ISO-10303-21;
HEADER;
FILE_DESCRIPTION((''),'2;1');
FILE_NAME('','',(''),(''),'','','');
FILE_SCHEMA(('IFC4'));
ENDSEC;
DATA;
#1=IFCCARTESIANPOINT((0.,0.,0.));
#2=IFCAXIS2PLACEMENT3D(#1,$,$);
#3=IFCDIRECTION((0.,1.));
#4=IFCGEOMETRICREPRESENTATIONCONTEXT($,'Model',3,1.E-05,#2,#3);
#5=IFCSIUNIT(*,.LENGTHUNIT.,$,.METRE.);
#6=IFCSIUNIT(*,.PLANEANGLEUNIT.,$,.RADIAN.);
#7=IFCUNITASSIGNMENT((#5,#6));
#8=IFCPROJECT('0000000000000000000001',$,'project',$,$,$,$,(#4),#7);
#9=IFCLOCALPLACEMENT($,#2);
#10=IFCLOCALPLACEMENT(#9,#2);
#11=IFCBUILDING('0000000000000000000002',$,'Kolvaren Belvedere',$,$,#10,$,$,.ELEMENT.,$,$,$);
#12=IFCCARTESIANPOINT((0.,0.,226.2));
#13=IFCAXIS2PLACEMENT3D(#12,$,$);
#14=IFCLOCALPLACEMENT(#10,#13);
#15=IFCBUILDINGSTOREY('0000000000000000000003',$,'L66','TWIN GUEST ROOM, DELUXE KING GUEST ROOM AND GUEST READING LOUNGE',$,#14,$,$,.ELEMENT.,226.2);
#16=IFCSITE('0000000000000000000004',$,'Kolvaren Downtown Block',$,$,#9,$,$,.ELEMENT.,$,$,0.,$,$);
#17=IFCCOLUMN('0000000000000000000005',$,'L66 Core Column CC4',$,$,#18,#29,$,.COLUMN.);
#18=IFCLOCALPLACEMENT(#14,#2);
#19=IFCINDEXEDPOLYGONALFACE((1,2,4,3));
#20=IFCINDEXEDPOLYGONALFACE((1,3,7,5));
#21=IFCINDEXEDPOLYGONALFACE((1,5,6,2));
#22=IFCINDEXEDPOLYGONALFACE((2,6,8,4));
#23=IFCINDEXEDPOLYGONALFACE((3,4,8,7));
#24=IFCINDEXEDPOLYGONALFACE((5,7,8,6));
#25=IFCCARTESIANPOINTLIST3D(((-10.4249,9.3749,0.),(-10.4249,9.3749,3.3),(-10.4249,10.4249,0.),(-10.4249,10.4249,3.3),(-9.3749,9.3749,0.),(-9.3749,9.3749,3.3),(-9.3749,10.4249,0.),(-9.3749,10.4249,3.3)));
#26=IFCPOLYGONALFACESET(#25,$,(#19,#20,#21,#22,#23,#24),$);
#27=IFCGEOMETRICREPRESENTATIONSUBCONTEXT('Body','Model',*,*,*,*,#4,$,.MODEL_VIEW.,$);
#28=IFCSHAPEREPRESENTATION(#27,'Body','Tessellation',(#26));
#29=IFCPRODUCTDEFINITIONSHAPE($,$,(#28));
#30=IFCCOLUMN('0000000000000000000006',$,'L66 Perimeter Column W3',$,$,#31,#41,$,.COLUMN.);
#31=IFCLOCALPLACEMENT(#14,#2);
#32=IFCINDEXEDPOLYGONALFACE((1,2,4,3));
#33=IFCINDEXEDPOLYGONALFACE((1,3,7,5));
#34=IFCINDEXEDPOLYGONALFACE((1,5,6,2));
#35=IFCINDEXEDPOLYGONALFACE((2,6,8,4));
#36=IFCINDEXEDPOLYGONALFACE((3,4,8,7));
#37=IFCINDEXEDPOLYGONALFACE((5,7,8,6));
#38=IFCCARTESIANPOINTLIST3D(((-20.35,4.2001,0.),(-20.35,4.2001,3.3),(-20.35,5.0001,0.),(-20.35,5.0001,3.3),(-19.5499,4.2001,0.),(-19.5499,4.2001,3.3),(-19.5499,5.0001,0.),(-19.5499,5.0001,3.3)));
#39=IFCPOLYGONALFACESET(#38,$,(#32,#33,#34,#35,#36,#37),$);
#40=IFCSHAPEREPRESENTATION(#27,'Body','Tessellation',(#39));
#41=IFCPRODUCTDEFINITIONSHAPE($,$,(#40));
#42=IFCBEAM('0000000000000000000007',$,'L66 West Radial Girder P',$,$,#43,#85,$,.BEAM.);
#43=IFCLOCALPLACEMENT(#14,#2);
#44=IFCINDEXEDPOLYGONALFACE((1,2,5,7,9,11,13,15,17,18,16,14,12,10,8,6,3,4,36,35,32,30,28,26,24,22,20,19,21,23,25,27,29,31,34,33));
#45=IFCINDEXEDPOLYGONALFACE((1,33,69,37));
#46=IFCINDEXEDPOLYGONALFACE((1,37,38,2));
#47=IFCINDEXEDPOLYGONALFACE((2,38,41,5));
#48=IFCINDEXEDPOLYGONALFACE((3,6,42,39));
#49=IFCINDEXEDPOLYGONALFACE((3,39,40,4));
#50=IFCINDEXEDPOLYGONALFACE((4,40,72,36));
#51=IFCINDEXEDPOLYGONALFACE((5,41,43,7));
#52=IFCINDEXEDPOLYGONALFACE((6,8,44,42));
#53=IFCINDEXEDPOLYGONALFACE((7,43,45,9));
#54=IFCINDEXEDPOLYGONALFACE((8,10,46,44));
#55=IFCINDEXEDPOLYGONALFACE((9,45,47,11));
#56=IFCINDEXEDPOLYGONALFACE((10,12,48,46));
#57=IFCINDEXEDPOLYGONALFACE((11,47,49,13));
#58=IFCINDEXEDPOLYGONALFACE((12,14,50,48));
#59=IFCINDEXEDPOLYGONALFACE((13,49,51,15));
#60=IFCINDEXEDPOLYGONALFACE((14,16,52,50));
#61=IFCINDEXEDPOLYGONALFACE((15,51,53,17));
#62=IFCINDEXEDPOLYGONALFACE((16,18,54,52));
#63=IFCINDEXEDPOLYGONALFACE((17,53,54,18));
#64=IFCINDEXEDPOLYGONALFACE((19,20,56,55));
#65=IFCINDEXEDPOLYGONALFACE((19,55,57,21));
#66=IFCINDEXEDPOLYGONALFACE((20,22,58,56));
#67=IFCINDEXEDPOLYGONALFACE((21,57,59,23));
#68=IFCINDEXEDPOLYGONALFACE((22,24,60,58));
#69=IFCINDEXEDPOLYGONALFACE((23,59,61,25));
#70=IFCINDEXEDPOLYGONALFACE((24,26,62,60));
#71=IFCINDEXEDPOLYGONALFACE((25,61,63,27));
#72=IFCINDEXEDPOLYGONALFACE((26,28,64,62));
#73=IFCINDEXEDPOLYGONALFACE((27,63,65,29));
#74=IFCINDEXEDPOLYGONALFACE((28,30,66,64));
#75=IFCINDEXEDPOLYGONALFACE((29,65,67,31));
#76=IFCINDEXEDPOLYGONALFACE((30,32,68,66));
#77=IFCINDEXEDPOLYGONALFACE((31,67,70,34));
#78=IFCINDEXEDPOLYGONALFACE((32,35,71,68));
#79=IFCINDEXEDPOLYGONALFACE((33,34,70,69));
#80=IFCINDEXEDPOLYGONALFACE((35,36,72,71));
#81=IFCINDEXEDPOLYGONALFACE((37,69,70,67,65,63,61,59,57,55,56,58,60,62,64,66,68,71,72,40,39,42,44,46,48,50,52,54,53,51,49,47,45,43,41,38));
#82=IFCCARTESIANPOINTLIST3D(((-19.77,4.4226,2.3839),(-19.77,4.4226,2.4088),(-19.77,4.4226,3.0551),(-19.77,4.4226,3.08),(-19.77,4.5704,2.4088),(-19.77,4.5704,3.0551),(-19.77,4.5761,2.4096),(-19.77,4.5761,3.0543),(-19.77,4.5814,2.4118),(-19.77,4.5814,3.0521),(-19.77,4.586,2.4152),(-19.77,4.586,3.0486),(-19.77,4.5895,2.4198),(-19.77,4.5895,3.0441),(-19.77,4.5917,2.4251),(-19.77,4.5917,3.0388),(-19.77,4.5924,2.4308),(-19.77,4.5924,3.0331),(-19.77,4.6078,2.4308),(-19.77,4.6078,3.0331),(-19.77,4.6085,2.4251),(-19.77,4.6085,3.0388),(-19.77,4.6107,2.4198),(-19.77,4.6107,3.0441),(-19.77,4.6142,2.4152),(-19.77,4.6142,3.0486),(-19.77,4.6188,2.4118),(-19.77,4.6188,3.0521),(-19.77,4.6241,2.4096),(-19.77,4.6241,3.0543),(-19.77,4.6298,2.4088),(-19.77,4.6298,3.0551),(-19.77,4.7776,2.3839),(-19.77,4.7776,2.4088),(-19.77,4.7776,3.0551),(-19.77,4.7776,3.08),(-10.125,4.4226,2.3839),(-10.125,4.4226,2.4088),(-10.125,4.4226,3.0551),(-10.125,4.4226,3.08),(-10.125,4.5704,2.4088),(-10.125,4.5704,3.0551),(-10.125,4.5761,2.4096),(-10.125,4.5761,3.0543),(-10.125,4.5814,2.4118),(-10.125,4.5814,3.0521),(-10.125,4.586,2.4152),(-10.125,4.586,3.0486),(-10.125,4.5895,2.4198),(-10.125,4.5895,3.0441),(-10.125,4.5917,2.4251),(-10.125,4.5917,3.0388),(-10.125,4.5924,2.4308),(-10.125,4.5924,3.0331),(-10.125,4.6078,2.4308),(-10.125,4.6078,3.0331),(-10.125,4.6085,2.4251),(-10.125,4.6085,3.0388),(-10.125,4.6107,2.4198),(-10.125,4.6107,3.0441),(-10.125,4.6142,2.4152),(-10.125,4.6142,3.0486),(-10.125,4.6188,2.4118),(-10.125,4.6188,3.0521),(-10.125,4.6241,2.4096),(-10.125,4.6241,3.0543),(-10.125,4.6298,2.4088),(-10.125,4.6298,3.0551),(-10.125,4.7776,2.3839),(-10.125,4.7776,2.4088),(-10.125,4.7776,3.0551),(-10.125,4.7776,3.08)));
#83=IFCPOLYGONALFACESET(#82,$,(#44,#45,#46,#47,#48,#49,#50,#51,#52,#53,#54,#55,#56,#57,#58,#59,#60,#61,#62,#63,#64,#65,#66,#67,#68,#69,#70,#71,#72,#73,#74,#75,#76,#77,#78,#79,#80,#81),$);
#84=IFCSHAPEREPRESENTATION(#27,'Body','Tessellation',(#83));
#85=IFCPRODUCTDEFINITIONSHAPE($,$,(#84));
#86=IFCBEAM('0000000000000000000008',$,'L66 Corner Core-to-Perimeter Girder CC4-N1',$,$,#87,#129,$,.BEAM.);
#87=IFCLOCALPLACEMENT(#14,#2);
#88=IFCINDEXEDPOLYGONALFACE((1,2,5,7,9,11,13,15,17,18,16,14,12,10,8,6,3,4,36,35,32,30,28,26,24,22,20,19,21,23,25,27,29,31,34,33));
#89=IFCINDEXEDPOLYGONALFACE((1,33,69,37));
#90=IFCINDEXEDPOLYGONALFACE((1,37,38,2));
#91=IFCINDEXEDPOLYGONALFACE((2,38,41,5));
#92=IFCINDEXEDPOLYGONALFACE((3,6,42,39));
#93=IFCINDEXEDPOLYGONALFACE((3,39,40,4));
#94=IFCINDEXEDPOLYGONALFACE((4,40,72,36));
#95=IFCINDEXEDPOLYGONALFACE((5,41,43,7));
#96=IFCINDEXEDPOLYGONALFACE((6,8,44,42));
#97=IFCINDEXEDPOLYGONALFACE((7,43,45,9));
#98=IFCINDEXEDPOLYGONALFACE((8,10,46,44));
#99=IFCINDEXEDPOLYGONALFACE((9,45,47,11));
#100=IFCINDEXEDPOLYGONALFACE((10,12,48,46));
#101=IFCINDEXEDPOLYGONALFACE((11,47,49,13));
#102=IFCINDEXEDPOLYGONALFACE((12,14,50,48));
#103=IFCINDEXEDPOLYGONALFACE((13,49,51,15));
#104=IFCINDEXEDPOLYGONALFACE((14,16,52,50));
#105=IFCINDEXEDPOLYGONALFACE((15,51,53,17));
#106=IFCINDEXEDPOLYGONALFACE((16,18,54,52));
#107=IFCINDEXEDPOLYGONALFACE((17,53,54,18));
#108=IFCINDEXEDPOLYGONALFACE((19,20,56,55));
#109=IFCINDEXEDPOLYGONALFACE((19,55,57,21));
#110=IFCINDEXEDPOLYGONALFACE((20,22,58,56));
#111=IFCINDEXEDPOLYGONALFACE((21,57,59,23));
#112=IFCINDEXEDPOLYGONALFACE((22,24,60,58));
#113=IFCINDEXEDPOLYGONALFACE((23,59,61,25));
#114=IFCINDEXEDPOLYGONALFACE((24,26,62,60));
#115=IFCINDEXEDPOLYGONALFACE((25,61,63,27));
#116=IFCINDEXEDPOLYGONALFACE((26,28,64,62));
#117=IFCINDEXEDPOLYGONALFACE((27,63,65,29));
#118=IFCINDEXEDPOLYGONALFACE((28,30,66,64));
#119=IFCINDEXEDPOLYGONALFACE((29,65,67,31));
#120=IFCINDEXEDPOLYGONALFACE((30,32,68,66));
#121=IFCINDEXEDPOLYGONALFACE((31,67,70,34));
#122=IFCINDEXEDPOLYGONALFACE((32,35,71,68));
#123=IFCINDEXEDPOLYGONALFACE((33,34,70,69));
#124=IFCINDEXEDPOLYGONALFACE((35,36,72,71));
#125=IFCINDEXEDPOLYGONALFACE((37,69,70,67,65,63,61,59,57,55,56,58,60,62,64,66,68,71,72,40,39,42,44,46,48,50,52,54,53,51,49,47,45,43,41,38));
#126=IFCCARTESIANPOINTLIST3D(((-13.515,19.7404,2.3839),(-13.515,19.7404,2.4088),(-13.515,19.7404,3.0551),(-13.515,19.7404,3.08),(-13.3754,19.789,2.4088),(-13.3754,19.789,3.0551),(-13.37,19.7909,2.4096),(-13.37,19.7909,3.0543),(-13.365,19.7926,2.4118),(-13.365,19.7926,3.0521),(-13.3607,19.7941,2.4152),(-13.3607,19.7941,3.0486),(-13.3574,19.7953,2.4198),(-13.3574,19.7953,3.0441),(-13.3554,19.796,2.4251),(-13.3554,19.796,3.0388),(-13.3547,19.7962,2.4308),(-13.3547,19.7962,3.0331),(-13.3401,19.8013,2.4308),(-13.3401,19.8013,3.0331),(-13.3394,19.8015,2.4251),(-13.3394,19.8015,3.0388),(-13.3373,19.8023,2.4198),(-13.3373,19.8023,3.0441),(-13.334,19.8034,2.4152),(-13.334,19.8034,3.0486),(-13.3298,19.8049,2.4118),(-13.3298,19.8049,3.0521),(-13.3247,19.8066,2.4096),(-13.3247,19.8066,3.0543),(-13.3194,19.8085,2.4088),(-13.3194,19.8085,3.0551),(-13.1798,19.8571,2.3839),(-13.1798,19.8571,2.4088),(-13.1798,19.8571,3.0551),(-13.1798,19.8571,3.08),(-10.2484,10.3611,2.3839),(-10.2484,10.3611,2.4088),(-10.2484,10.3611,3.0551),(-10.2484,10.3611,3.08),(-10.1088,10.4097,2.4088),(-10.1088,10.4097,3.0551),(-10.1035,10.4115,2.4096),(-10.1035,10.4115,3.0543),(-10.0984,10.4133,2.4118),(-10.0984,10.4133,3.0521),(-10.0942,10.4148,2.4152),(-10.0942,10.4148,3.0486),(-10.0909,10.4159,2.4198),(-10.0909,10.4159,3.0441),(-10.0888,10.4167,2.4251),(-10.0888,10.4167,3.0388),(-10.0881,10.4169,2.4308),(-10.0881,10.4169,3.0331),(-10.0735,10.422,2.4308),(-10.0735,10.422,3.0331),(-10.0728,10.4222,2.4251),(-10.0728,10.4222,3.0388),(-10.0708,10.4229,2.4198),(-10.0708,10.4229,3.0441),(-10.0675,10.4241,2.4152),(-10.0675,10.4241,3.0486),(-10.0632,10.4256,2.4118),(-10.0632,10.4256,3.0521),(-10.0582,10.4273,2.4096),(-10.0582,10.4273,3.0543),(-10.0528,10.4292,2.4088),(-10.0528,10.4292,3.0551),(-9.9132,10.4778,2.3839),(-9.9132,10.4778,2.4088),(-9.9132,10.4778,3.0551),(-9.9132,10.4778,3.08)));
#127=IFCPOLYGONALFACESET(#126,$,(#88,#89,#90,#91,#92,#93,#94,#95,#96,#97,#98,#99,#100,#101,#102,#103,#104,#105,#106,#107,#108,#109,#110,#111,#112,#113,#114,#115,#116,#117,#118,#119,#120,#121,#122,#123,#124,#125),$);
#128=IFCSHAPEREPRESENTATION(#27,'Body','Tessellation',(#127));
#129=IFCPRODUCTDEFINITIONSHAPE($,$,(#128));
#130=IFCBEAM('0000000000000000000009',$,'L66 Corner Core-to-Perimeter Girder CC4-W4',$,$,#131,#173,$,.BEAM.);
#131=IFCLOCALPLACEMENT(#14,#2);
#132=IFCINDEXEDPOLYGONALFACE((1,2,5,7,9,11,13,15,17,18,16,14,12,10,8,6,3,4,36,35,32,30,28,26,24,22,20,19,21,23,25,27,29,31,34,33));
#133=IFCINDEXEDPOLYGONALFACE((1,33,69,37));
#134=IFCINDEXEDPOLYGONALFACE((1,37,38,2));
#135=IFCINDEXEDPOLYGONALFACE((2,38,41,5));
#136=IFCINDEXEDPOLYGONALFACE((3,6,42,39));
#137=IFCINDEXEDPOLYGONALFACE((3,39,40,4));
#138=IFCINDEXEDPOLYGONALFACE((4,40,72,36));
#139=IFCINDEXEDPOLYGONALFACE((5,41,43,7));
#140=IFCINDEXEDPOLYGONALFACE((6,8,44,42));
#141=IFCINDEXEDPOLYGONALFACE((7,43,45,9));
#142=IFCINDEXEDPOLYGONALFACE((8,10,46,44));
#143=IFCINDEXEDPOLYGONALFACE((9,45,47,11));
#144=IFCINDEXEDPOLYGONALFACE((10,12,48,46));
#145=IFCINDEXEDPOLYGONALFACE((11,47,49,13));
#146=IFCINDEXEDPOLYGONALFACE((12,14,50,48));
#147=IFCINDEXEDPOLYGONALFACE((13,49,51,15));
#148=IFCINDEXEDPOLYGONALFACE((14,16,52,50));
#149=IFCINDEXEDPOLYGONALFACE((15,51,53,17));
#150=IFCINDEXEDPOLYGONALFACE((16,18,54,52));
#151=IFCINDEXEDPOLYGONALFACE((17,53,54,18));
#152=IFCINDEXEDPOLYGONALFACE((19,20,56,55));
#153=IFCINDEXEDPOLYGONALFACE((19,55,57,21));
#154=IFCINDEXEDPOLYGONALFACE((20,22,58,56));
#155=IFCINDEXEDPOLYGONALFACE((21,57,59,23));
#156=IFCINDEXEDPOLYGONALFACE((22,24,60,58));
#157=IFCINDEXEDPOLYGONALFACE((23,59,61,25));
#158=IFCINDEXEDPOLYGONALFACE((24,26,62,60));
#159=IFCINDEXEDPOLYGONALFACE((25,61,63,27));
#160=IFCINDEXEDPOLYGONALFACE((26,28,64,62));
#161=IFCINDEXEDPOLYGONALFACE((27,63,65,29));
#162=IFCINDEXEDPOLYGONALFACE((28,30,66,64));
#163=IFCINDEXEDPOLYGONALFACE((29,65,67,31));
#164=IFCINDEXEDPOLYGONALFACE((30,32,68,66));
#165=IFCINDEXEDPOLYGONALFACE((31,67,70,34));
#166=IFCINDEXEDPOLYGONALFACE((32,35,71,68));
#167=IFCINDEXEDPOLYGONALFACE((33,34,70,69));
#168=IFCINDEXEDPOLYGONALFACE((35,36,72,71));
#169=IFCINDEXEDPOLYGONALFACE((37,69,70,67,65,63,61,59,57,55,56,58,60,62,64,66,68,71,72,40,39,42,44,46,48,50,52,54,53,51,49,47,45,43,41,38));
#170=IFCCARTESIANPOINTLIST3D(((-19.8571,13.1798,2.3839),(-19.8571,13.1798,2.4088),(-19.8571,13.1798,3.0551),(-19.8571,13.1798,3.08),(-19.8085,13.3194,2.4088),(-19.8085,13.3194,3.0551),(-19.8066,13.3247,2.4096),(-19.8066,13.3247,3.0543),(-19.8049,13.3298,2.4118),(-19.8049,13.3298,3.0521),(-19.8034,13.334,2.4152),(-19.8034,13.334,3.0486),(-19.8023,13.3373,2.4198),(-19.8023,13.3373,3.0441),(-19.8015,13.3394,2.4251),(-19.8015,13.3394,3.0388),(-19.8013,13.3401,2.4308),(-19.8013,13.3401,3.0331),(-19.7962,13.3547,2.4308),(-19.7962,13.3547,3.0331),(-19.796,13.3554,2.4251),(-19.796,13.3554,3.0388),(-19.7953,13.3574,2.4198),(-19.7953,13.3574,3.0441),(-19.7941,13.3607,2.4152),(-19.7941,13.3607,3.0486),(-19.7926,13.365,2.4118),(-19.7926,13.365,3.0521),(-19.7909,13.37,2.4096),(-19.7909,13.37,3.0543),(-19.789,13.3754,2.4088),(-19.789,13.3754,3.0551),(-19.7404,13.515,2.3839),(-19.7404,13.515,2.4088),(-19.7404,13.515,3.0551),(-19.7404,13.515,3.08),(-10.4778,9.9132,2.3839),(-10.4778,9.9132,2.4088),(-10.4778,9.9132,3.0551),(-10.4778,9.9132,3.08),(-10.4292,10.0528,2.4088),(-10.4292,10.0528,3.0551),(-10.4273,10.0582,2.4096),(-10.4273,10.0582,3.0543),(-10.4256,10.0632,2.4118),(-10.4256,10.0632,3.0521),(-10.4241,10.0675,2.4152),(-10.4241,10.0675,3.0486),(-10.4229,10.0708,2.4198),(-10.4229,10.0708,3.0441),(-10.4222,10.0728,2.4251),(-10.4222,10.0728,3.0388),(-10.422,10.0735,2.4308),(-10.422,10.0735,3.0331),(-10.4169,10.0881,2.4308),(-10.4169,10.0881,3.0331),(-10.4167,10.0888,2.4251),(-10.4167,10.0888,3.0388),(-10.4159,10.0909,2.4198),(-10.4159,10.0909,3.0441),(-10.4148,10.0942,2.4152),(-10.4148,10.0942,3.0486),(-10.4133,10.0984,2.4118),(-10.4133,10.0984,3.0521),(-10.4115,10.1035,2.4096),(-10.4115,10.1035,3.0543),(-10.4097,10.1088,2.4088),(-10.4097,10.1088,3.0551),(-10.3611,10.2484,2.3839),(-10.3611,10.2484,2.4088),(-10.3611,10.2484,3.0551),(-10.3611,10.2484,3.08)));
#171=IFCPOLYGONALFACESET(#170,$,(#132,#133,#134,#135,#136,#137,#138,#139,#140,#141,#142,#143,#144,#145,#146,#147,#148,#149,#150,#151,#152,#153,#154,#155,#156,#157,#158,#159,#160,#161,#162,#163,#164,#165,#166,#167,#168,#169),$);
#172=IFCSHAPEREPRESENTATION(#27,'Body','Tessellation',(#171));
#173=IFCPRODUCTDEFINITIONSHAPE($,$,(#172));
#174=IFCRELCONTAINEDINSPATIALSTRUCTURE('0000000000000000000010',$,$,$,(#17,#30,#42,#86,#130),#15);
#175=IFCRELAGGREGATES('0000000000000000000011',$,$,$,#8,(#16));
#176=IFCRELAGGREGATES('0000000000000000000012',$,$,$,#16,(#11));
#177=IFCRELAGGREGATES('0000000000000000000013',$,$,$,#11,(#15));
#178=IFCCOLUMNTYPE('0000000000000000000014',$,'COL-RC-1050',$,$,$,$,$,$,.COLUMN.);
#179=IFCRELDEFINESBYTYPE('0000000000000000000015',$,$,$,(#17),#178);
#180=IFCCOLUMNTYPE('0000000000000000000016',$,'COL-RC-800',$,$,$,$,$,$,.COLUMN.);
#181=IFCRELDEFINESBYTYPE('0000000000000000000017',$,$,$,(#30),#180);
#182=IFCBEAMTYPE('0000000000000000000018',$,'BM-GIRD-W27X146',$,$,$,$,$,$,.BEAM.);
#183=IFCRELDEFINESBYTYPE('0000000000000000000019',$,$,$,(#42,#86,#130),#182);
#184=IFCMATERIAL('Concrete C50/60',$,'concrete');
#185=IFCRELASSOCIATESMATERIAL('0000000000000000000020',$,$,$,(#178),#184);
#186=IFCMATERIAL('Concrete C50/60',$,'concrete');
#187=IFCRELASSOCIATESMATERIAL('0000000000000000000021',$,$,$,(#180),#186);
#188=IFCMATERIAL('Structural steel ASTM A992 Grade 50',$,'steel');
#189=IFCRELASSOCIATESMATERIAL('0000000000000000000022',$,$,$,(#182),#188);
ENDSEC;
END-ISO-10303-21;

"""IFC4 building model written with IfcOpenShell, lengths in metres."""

from ifc_helpers import new_model, si_unit, direction, frame, origin, origin_2d, place, context, subcontext, project, spatial, rectangle, i_section, extrude, material, material_profile, profile_set, type_object, element, save


model = new_model("IFC4")

# Units and contexts
model_context = context("Model", 3, precision=1e-05, world=origin(), true_north=direction((0.0, 1.0)))
body_context = subcontext(model_context, "Body", "Model", "MODEL_VIEW")
ifc_project = project(units=[si_unit("LENGTHUNIT", "METRE"), si_unit("PLANEANGLEUNIT", "RADIAN")], contexts=[model_context])

# Site, building, storey
site_placement = place(None, origin())
site = spatial("IfcSite", under=ifc_project, at=site_placement, Name="Kolvaren Downtown Block", CompositionType="ELEMENT", RefElevation=0.0)
building_placement = place(site_placement, origin())
building = spatial("IfcBuilding", under=site, at=building_placement, Name="Kolvaren Belvedere", CompositionType="ELEMENT")
storey_placement = place(building_placement, frame((0.0, 0.0, 226.2)))
storey = spatial("IfcBuildingStorey", under=building, at=storey_placement, Name="L66", Description="TWIN GUEST ROOM, DELUXE KING GUEST ROOM AND GUEST READING LOUNGE", CompositionType="ELEMENT", Elevation=226.2)

# Columns
ifc_material_1 = material(Name="Concrete C50/60", Category="concrete")
ifc_material_profile_1 = material_profile(ifc_material_1, rectangle(XDim=1.05, YDim=1.05, at=origin_2d()), Name="RC 1050X1050")
ifc_profile_set_1 = profile_set([ifc_material_profile_1], Name="Concrete C50/60")
column_type_1 = type_object("IfcColumnType", Name="COL-RC-1050", PredefinedType="COLUMN", material=ifc_profile_set_1)
column_1_placement = place(storey_placement, frame((-9.8999, 9.8999, 0.0), z_axis=(0.0, 0.0, 1.0), x_axis=(1.0, 0.0, 0.0)))
element("IfcColumn", 1, at=column_1_placement, inside=storey, type_object=column_type_1, Name="L66 Core Column CC4", PredefinedType="COLUMN", context=body_context, shape_type="SweptSolid", body=[
    extrude(rectangle(XDim=1.05, YDim=1.05, at=origin_2d()), origin(), (0.0, 0.0, 1.0), 3.3),
])
ifc_material_2 = material(Name="Concrete C50/60", Category="concrete")
ifc_material_profile_2 = material_profile(ifc_material_2, rectangle(XDim=0.8, YDim=0.8, at=origin_2d()), Name="RC 800X800")
ifc_profile_set_2 = profile_set([ifc_material_profile_2], Name="Concrete C50/60")
column_type_2 = type_object("IfcColumnType", Name="COL-RC-800", PredefinedType="COLUMN", material=ifc_profile_set_2)
column_2_placement = place(storey_placement, frame((-19.95, 4.6001, 0.0), z_axis=(0.0, 0.0, 1.0), x_axis=(1.0, 0.0, 0.0)))
element("IfcColumn", 2, at=column_2_placement, inside=storey, type_object=column_type_2, Name="L66 Perimeter Column W3", PredefinedType="COLUMN", context=body_context, shape_type="SweptSolid", body=[
    extrude(rectangle(XDim=0.8, YDim=0.8, at=origin_2d()), origin(), (0.0, 0.0, 1.0), 3.3),
])

# Beams
ifc_material_3 = material(Name="Structural steel ASTM A992 Grade 50", Category="steel")
ifc_material_profile_3 = material_profile(ifc_material_3, i_section(OverallWidth=0.355, OverallDepth=0.696, WebThickness=0.0154, FlangeThickness=0.0249, FilletRadius=0.022, at=origin_2d()), Name="W27X146")
ifc_profile_set_3 = profile_set([ifc_material_profile_3], Name="Structural steel ASTM A992 Grade 50")
beam_type_1 = type_object("IfcBeamType", Name="BM-GIRD-W27X146", PredefinedType="BEAM", material=ifc_profile_set_3)
beam_1_placement = place(storey_placement, frame((-10.125, 4.6001, 2.7319), z_axis=(-1.0, 0.0, 0.0), x_axis=(0.0, -1.0, 0.0)))
element("IfcBeam", 3, at=beam_1_placement, inside=storey, type_object=beam_type_1, Name="L66 West Radial Girder P", PredefinedType="BEAM", context=body_context, shape_type="SweptSolid", body=[
    extrude(i_section(OverallWidth=0.355, OverallDepth=0.696, WebThickness=0.0154, FlangeThickness=0.0249, FilletRadius=0.022, at=origin_2d()), origin(), (0.0, 0.0, 1.0), 9.645),
])
for number, where, z_axis, x_axis, name in (
    (4, (-10.0808, 10.4194, 2.7319), (-0.328898, 0.944365, 0.0), (-0.944365, -0.328898, 0.0), "L66 Corner Core-to-Perimeter Girder CC4-N1"),
    (5, (-10.4194, 10.0808, 2.7319), (-0.944365, 0.328898, 0.0), (-0.328898, -0.944365, 0.0), "L66 Corner Core-to-Perimeter Girder CC4-W4"),
):
    element("IfcBeam", number, at=place(storey_placement, frame(where, z_axis=z_axis, x_axis=x_axis)), inside=storey, type_object=beam_type_1, Name=name, PredefinedType="BEAM", context=body_context, shape_type="SweptSolid", body=[
        extrude(i_section(OverallWidth=0.355, OverallDepth=0.696, WebThickness=0.0154, FlangeThickness=0.0249, FilletRadius=0.022, at=origin_2d()), origin(), (0.0, 0.0, 1.0), 9.9319),
    ])

save(model, "model.ifc")
